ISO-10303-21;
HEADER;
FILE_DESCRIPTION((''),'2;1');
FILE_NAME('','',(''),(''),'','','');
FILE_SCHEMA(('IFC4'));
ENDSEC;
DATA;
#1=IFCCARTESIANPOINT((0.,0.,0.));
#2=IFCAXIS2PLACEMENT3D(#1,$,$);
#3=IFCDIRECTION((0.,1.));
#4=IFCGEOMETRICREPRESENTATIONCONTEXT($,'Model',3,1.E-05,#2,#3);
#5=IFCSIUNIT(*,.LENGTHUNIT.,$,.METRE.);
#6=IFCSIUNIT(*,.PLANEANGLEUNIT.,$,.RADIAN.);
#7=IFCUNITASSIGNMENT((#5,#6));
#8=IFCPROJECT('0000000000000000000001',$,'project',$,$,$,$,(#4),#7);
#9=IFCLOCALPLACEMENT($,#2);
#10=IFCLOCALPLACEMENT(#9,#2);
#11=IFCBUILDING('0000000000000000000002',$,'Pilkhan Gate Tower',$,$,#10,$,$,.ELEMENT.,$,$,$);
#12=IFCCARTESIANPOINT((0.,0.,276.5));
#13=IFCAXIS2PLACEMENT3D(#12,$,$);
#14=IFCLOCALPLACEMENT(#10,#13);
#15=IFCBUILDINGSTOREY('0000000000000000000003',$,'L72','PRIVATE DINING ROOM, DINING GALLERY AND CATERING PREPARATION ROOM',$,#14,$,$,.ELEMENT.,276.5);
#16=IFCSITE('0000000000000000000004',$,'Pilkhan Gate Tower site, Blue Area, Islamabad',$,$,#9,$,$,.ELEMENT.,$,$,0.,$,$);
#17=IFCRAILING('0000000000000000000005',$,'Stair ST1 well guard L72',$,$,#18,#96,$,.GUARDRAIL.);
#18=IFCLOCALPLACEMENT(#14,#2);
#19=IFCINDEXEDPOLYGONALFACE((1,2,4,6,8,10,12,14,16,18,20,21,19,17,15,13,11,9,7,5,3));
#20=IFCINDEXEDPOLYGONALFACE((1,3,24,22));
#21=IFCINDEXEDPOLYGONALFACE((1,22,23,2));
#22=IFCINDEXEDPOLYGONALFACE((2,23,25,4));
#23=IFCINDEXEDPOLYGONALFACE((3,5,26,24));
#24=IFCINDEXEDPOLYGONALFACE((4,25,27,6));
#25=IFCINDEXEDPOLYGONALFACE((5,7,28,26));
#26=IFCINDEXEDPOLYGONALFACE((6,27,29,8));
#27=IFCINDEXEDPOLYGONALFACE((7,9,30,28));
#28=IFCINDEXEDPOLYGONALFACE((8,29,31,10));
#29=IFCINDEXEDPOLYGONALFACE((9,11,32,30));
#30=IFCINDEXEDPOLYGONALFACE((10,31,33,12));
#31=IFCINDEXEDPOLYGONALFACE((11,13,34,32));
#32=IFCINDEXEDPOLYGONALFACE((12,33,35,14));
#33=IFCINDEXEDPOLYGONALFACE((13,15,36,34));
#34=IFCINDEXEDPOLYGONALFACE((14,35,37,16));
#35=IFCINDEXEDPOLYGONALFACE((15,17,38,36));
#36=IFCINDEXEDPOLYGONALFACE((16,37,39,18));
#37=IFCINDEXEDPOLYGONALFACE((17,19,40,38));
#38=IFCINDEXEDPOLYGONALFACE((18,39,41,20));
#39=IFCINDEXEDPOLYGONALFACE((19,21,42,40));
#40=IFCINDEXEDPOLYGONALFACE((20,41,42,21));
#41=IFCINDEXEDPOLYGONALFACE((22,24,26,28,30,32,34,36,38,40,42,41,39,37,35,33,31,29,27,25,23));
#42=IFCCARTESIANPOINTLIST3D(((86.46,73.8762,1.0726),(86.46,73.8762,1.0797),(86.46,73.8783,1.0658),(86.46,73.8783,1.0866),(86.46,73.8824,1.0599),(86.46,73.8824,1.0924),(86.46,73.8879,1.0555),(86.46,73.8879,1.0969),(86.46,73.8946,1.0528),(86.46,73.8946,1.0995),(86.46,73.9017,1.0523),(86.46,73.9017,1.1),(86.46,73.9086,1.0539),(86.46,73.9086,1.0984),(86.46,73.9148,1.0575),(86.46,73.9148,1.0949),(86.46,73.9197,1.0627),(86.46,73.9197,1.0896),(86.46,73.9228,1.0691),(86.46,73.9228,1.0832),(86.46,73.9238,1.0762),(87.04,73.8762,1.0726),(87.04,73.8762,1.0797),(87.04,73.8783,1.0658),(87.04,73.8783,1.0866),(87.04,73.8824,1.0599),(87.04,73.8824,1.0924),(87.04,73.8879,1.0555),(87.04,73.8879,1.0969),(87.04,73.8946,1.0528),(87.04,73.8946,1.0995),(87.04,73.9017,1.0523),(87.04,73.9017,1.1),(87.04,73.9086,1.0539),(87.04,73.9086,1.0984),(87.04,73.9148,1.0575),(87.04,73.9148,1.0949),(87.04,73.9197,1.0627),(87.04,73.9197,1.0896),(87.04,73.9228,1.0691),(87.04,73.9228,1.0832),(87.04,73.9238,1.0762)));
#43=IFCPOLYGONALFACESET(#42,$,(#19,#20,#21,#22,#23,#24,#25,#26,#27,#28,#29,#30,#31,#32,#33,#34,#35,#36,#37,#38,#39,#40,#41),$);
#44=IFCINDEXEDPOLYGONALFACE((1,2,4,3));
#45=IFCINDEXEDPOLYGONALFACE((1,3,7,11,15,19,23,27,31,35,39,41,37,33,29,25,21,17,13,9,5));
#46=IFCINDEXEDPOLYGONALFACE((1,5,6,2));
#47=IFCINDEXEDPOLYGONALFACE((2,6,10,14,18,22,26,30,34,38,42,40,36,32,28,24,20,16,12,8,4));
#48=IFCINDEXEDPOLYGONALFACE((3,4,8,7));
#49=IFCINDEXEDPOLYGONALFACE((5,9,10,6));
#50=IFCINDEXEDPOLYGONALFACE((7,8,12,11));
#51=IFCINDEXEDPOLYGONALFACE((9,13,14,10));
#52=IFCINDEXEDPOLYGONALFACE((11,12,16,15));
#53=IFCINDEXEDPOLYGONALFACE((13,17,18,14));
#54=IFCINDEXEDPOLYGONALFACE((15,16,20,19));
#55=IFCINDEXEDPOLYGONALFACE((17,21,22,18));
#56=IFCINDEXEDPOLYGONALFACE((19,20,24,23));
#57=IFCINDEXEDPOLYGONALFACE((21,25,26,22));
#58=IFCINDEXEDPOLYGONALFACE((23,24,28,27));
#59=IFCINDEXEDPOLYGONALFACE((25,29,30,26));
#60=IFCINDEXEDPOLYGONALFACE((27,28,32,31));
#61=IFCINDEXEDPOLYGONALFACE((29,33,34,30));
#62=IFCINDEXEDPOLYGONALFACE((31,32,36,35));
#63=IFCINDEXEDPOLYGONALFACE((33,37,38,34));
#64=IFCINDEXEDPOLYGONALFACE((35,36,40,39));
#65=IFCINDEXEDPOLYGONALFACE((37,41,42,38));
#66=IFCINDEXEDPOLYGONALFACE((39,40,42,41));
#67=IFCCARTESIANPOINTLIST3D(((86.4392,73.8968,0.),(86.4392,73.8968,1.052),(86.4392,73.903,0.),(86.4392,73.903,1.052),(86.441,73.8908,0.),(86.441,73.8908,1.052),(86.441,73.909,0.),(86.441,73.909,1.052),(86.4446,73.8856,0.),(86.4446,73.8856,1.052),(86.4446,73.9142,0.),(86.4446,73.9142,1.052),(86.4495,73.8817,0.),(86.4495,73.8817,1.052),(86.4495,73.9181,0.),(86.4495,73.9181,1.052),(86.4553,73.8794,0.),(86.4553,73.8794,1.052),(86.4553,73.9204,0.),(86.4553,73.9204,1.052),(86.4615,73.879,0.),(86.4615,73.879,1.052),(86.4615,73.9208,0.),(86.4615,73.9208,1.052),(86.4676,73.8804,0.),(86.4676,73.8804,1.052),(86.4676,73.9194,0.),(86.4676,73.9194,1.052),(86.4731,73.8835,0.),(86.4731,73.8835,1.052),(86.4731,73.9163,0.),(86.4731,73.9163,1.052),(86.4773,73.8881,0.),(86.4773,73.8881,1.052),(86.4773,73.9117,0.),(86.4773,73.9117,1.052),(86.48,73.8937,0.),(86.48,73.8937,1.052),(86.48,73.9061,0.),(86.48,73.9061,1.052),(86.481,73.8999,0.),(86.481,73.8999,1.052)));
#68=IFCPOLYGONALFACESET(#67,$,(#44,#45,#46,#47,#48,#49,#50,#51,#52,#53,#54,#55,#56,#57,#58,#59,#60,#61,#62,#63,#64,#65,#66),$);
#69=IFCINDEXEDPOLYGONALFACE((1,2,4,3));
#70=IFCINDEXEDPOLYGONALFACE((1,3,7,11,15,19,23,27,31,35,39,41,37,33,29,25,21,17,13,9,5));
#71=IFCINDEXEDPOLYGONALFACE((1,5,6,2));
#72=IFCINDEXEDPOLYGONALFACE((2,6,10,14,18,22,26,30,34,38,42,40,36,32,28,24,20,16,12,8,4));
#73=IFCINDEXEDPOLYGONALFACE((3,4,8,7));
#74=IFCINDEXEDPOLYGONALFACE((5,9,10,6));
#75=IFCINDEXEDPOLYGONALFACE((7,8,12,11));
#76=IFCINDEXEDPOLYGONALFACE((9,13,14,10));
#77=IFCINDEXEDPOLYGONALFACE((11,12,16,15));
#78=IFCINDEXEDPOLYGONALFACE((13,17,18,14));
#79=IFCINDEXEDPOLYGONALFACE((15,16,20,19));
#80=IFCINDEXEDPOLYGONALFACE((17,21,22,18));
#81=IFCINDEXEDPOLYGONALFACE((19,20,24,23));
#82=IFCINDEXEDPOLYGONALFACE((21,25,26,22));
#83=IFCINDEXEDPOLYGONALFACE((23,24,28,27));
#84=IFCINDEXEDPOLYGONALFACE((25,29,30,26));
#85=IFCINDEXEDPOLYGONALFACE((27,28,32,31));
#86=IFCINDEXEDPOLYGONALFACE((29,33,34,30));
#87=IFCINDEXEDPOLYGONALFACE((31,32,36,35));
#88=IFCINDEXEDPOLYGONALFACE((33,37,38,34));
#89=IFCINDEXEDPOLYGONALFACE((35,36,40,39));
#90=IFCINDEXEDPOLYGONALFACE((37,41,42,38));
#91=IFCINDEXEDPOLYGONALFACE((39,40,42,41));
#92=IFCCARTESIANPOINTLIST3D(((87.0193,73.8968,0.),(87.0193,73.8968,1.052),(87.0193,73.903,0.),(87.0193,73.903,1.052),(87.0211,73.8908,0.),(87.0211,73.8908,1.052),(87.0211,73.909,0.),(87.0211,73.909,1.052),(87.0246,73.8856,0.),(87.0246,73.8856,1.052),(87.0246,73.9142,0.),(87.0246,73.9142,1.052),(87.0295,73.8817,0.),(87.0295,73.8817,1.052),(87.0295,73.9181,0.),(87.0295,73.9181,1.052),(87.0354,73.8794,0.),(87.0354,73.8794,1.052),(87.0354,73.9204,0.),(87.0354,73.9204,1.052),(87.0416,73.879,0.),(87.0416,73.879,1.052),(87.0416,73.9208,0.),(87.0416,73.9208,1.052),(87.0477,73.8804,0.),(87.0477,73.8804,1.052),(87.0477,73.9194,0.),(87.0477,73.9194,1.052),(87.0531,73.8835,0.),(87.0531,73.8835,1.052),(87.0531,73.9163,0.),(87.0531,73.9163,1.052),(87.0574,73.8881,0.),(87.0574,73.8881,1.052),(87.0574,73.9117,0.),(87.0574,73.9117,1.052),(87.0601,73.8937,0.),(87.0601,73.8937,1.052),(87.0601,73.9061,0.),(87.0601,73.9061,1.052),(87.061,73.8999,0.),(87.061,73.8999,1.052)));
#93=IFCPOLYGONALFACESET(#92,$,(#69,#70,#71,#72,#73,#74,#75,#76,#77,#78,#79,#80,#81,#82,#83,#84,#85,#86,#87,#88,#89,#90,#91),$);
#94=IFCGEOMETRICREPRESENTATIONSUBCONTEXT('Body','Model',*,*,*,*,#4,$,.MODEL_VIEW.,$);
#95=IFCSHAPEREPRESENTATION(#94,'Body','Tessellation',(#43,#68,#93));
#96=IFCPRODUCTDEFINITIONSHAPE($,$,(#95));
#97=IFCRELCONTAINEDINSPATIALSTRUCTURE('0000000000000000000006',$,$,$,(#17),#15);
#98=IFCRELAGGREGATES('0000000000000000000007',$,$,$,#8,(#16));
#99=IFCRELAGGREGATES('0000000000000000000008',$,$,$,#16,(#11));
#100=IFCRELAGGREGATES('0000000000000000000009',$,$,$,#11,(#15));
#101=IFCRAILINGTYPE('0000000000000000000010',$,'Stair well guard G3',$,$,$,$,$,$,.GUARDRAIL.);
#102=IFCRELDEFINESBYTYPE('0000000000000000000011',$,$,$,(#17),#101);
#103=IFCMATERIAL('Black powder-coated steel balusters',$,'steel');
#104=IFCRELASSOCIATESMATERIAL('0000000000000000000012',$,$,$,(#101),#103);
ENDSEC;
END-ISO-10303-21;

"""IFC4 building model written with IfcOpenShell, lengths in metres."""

from ifc_helpers import new_model, si_unit, direction, frame, origin, origin_2d, place, context, subcontext, project, spatial, circle, extrude, material, type_object, element, save


model = new_model("IFC4")

# Units and contexts
model_context = context("Model", 3, precision=1e-05, world=origin(), true_north=direction((0.0, 1.0)))
body_context = subcontext(model_context, "Body", "Model", "MODEL_VIEW")
ifc_project = project(units=[si_unit("LENGTHUNIT", "METRE"), si_unit("PLANEANGLEUNIT", "RADIAN")], contexts=[model_context])

# Site, building, storey
site_placement = place(None, origin())
site = spatial("IfcSite", under=ifc_project, at=site_placement, Name="Pilkhan Gate Tower site, Blue Area, Islamabad", CompositionType="ELEMENT", RefElevation=0.0)
building_placement = place(site_placement, origin())
building = spatial("IfcBuilding", under=site, at=building_placement, Name="Pilkhan Gate Tower", CompositionType="ELEMENT")
storey_placement = place(building_placement, frame((0.0, 0.0, 276.5)))
storey = spatial("IfcBuildingStorey", under=building, at=storey_placement, Name="L72", Description="PRIVATE DINING ROOM, DINING GALLERY AND CATERING PREPARATION ROOM", CompositionType="ELEMENT", Elevation=276.5)

# Railing
ifc_material_1 = material(Name="Black powder-coated steel balusters", Category="steel")
railing_type_1 = type_object("IfcRailingType", Name="Stair well guard G3", PredefinedType="GUARDRAIL", material=ifc_material_1)
railing_1_placement = place(storey_placement, frame((86.46, 73.8999, 0.0)))
element("IfcRailing", 1, at=railing_1_placement, inside=storey, type_object=railing_type_1, Name="Stair ST1 well guard L72", PredefinedType="GUARDRAIL", context=body_context, shape_type="SweptSolid", body=[
    extrude(circle(Radius=0.0239, at=origin_2d()), frame((0.0, 0.0, 1.0762), z_axis=(1.0, 0.0, 0.0), x_axis=(0.0, 1.0, 0.0)), (0.0, 0.0, 1.0), 0.5801),
    extrude(circle(Radius=0.021, at=origin_2d()), origin(), (0.0, 0.0, 1.0), 1.052),
    extrude(circle(Radius=0.021, at=origin_2d()), frame((0.5801, 0.0, 0.0)), (0.0, 0.0, 1.0), 1.052),
])

save(model, "model.ifc")
